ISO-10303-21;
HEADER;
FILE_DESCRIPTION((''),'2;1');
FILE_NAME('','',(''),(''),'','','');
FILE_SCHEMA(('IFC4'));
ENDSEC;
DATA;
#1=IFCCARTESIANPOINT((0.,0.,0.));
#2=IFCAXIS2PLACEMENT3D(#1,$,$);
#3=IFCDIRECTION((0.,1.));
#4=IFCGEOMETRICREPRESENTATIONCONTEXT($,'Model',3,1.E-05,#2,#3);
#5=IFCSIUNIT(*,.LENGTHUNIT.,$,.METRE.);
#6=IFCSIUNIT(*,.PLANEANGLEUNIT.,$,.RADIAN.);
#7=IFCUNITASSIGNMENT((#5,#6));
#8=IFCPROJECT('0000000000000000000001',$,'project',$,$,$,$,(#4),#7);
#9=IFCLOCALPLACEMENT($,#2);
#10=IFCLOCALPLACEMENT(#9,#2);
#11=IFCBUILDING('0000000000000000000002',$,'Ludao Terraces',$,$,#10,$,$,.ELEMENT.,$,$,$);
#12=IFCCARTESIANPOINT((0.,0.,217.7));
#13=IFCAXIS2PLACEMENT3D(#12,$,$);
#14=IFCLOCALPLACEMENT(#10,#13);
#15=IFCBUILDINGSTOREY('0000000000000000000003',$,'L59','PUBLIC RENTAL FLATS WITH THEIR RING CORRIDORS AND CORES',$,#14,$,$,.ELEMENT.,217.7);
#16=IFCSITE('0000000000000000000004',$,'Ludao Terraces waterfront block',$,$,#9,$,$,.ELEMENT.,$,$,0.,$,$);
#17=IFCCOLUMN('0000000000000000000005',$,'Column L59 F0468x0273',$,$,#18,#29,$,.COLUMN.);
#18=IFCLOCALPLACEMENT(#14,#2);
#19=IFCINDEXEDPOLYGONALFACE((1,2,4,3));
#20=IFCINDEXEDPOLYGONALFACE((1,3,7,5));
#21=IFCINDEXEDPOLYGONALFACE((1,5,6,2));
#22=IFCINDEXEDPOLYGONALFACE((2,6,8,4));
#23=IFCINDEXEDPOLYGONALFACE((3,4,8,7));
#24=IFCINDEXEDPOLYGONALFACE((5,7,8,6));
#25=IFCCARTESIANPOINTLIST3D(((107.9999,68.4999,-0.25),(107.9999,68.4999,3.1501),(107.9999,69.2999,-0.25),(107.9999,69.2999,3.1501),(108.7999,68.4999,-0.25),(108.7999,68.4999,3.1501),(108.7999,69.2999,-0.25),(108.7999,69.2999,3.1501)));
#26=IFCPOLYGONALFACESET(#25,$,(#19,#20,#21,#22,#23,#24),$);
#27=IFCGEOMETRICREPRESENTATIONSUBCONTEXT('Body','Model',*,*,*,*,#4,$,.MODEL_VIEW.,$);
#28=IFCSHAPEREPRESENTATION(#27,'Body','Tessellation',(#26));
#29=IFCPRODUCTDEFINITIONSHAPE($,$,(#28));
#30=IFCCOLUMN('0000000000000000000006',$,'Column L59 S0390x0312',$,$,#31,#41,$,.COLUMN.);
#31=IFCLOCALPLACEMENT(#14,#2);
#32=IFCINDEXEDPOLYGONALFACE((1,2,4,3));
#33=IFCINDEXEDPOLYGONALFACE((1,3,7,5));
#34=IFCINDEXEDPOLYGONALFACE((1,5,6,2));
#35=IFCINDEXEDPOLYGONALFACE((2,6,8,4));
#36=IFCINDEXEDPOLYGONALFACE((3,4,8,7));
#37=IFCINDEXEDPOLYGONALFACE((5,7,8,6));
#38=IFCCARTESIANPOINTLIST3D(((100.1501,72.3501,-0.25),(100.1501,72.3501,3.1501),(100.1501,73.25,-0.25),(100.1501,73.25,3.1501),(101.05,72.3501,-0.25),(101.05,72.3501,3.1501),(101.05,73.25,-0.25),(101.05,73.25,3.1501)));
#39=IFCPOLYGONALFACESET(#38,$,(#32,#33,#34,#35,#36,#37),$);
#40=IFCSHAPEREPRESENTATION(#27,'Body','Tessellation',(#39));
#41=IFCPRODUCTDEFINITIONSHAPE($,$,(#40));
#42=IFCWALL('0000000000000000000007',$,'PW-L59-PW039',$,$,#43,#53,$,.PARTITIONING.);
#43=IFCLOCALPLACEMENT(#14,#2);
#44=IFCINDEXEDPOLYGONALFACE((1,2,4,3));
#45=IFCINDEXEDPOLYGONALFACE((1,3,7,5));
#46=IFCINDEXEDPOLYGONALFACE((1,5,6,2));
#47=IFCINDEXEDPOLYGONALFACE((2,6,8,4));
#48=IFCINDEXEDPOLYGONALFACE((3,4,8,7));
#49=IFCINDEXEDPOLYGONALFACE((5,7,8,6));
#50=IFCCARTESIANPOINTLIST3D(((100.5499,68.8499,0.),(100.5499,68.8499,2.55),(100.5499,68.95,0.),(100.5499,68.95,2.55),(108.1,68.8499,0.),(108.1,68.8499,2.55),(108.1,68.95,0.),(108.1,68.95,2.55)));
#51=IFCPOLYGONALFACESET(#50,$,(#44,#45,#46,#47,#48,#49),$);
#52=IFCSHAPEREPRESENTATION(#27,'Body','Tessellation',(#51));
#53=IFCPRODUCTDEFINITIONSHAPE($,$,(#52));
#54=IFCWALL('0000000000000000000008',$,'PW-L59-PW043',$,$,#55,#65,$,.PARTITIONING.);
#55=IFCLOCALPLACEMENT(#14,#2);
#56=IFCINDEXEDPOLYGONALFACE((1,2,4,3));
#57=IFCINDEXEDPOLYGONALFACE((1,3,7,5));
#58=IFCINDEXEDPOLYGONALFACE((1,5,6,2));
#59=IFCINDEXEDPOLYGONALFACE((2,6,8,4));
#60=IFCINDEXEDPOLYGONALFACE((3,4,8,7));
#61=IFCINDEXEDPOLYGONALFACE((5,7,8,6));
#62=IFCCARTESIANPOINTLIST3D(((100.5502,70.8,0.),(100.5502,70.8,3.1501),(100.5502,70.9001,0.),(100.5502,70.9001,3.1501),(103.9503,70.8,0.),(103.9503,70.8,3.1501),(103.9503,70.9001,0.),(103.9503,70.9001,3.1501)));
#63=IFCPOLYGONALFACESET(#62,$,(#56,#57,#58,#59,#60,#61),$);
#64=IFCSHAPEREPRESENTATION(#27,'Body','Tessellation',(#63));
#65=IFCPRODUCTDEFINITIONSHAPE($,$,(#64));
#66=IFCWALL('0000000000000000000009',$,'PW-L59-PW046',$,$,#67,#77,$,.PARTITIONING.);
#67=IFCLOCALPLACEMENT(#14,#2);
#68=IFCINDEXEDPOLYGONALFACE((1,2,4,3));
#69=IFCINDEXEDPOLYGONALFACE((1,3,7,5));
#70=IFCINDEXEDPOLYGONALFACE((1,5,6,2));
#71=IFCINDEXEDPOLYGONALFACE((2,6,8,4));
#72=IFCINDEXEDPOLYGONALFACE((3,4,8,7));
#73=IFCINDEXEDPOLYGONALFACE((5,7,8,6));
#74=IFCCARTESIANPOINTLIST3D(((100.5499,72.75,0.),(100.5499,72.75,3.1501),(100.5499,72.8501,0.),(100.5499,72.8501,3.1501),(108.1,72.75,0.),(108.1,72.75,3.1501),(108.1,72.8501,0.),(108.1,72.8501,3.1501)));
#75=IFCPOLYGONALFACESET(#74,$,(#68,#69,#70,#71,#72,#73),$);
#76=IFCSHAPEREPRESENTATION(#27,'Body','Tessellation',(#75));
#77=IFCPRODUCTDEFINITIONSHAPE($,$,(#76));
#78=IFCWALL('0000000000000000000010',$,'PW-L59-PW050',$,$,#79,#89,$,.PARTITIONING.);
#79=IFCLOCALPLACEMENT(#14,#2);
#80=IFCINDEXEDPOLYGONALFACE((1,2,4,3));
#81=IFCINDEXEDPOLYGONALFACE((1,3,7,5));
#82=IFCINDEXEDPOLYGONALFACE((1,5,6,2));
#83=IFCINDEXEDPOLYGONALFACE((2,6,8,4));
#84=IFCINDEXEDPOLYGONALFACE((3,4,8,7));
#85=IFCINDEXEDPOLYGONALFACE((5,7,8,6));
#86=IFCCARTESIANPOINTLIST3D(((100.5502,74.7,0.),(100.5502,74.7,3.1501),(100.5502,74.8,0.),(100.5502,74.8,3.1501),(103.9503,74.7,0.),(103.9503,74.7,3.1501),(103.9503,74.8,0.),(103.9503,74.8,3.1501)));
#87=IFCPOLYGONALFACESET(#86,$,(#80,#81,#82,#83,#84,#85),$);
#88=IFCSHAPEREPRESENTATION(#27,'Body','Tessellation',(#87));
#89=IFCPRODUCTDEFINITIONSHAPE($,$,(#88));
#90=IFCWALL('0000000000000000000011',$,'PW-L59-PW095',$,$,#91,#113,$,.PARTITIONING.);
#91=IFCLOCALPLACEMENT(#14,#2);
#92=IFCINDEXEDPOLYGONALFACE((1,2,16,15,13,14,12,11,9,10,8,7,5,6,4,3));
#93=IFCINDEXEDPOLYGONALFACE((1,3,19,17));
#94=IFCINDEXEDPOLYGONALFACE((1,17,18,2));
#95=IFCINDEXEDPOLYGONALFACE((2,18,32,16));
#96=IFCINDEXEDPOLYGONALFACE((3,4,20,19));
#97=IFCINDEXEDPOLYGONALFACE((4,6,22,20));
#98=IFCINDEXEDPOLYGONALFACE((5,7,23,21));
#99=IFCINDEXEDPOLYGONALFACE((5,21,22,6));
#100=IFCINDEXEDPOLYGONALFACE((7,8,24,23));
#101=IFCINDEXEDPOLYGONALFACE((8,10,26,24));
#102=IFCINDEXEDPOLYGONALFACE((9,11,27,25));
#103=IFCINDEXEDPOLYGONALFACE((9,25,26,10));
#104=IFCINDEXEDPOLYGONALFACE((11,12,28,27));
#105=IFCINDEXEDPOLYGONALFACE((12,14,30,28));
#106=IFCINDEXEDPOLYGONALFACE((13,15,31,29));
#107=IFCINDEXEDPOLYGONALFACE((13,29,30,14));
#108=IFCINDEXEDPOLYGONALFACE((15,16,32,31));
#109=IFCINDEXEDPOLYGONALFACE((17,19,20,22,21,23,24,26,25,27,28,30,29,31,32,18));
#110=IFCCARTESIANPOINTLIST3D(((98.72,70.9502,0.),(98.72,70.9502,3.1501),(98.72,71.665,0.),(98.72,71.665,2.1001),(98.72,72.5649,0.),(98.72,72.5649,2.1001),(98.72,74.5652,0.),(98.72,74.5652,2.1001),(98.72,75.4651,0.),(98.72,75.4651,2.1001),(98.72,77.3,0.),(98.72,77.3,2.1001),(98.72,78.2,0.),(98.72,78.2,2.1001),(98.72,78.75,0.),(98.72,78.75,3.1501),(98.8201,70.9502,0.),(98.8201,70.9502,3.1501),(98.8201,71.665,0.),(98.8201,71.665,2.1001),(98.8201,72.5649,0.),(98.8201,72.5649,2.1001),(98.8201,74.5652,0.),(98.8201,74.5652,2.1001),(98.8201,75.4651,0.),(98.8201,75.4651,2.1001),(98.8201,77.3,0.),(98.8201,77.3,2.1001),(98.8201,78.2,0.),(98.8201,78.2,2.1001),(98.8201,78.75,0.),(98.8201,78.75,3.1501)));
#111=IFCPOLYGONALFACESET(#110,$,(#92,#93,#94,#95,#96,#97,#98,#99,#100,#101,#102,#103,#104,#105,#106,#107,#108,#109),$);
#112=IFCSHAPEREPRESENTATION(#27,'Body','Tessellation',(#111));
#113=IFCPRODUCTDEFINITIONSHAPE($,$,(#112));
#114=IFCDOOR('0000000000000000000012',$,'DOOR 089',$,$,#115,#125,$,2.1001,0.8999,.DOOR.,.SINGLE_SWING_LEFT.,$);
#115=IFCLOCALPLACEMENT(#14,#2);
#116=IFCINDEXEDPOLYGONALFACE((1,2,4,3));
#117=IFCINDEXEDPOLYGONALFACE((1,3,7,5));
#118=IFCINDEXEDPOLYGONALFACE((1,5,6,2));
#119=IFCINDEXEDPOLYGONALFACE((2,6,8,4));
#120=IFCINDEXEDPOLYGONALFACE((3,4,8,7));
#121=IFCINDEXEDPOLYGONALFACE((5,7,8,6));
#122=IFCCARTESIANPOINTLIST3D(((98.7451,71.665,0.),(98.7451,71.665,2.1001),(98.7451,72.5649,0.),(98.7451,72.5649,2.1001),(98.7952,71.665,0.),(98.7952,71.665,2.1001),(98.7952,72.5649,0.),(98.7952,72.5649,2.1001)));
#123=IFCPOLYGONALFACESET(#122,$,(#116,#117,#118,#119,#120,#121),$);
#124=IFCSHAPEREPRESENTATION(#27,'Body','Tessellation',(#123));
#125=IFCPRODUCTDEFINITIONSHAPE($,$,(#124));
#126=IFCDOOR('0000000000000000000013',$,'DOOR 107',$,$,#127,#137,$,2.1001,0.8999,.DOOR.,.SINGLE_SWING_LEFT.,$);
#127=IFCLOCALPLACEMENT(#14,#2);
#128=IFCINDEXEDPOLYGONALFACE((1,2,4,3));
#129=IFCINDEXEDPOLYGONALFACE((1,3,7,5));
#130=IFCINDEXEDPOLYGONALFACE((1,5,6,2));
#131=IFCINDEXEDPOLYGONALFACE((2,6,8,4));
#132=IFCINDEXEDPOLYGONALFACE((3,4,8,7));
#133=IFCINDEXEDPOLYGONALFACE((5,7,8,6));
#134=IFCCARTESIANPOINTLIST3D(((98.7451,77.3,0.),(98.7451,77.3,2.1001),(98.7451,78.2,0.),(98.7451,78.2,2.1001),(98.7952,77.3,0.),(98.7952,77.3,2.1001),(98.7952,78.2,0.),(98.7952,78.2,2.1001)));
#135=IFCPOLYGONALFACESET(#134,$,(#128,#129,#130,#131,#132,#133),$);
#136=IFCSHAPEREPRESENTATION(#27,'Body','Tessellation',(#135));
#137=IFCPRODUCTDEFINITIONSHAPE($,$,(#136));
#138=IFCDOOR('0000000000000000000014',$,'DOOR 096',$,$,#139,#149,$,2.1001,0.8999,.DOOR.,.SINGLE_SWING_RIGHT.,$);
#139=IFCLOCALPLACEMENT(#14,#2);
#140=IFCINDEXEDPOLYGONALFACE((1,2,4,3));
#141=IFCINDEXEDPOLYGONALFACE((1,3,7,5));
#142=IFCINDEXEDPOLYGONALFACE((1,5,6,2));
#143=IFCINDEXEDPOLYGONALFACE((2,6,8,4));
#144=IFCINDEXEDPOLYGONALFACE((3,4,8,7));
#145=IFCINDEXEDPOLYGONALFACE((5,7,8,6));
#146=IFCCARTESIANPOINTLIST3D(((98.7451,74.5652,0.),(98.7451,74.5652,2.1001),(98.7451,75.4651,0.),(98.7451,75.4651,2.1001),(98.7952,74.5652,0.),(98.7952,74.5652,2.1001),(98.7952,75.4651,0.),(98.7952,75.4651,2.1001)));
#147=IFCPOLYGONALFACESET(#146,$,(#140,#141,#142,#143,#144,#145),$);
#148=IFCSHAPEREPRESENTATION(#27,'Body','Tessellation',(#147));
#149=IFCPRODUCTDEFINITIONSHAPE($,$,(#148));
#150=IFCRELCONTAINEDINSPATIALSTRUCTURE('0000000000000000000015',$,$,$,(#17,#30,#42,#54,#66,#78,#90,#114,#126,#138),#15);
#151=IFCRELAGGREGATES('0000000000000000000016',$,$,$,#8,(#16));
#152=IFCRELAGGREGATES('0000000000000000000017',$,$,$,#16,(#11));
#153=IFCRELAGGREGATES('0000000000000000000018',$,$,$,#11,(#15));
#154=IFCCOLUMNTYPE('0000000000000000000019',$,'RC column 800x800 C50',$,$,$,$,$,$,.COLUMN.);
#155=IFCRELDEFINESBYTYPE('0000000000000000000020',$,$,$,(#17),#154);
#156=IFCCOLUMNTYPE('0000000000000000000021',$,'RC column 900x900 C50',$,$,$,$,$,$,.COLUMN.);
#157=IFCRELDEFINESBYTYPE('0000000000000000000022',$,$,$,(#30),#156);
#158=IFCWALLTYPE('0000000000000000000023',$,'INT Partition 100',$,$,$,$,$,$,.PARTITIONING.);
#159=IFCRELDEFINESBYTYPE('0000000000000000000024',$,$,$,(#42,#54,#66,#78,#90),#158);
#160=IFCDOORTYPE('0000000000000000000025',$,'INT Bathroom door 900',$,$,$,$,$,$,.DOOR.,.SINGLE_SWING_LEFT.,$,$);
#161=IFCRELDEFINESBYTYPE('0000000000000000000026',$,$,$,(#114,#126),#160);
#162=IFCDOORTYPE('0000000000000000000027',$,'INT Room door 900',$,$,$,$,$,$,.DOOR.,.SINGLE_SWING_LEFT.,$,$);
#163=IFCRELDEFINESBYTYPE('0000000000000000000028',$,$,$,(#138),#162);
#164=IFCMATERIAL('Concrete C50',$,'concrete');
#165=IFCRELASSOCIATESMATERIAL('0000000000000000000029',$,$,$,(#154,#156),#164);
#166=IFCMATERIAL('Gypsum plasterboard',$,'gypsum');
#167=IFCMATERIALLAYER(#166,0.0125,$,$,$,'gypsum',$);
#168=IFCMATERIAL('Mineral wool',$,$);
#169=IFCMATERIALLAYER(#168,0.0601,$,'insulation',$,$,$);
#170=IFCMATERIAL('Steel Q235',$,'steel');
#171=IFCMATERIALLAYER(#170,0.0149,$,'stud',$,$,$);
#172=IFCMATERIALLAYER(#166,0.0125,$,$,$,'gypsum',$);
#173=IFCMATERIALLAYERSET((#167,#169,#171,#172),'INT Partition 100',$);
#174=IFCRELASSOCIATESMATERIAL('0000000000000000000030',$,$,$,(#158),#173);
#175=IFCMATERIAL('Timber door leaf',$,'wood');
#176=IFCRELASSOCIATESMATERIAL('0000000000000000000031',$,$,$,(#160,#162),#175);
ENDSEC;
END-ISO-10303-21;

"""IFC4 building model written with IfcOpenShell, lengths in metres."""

from ifc_helpers import new_model, si_unit, direction, frame, frame_2d, origin, origin_2d, place, context, subcontext, project, spatial, rectangle, extrude, material, layer, layer_set, material_profile, profile_set, type_object, element, fill, save


model = new_model("IFC4")

# Units and contexts
model_context = context("Model", 3, precision=1e-05, world=origin(), true_north=direction((0.0, 1.0)))
body_context = subcontext(model_context, "Body", "Model", "MODEL_VIEW")
ifc_project = project(units=[si_unit("LENGTHUNIT", "METRE"), si_unit("PLANEANGLEUNIT", "RADIAN")], contexts=[model_context])

# Site, building, storey
site_placement = place(None, origin())
site = spatial("IfcSite", under=ifc_project, at=site_placement, Name="Ludao Terraces waterfront block", CompositionType="ELEMENT", RefElevation=0.0)
building_placement = place(site_placement, origin())
building = spatial("IfcBuilding", under=site, at=building_placement, Name="Ludao Terraces", CompositionType="ELEMENT")
storey_placement = place(building_placement, frame((0.0, 0.0, 217.7)))
storey = spatial("IfcBuildingStorey", under=building, at=storey_placement, Name="L59", Description="PUBLIC RENTAL FLATS WITH THEIR RING CORRIDORS AND CORES", CompositionType="ELEMENT", Elevation=217.7)

# Columns
ifc_material_1 = material(Name="Concrete C50", Category="concrete")
ifc_material_profile_1 = material_profile(ifc_material_1, rectangle(XDim=0.8, YDim=0.8, at=origin_2d()), Name="800 X 800")
ifc_profile_set_1 = profile_set([ifc_material_profile_1], Name="Concrete C50")
column_type_1 = type_object("IfcColumnType", Name="RC column 800x800 C50", PredefinedType="COLUMN", material=ifc_profile_set_1)
column_1_placement = place(storey_placement, frame((108.3999, 68.8999, -0.25), z_axis=(0.0, 0.0, 1.0), x_axis=(1.0, 0.0, 0.0)))
element("IfcColumn", 1, at=column_1_placement, inside=storey, type_object=column_type_1, Name="Column L59 F0468x0273", PredefinedType="COLUMN", context=body_context, shape_type="SweptSolid", body=[
    extrude(rectangle(XDim=0.8, YDim=0.8, at=origin_2d()), origin(), (0.0, 0.0, 1.0), 3.4001),
])
ifc_material_profile_2 = material_profile(ifc_material_1, rectangle(XDim=0.8999, YDim=0.8999, at=origin_2d()), Name="900 X 900")
ifc_profile_set_2 = profile_set([ifc_material_profile_2], Name="Concrete C50")
column_type_2 = type_object("IfcColumnType", Name="RC column 900x900 C50", PredefinedType="COLUMN", material=ifc_profile_set_2)
column_2_placement = place(storey_placement, frame((100.6001, 72.8, -0.25), z_axis=(0.0, 0.0, 1.0), x_axis=(1.0, 0.0, 0.0)))
element("IfcColumn", 2, at=column_2_placement, inside=storey, type_object=column_type_2, Name="Column L59 S0390x0312", PredefinedType="COLUMN", context=body_context, shape_type="SweptSolid", body=[
    extrude(rectangle(XDim=0.8999, YDim=0.8999, at=origin_2d()), origin(), (0.0, 0.0, 1.0), 3.4001),
])

# Shared definitions
ifc_material_2 = material(Name="Mineral wool")

# Walls
ifc_material_3 = material(Name="Gypsum plasterboard", Category="gypsum")
ifc_layer_1 = layer(ifc_material_3, 0.0125, Category="gypsum")
ifc_layer_2 = layer(ifc_material_2, 0.0601, Name="insulation")
ifc_material_4 = material(Name="Steel Q235", Category="steel")
ifc_layer_3 = layer(ifc_material_4, 0.0149, Name="stud")
ifc_layer_4 = layer(ifc_material_3, 0.0125, Category="gypsum")
ifc_layer_set_1 = layer_set([ifc_layer_1, ifc_layer_2, ifc_layer_3, ifc_layer_4], Name="INT Partition 100")
wall_type_1 = type_object("IfcWallType", Name="INT Partition 100", PredefinedType="PARTITIONING", material=ifc_layer_set_1)
wall_1_placement = place(storey_placement, frame((100.55, 68.8999, 0.0), z_axis=(0.0, 0.0, 1.0), x_axis=(1.0, 0.0, 0.0)))
element("IfcWall", 3, at=wall_1_placement, inside=storey, type_object=wall_type_1, Name="PW-L59-PW039", PredefinedType="PARTITIONING", context=body_context, shape_type="SweptSolid", body=[
    extrude(rectangle(XDim=7.55, YDim=0.1001, at=frame_2d((3.7749, 0.0))), origin(), (0.0, 0.0, 1.0), 2.55),
])
wall_2_placement = place(storey_placement, frame((100.55, 70.8501, 0.0), z_axis=(0.0, 0.0, 1.0), x_axis=(1.0, 0.0, 0.0)))
element("IfcWall", 4, at=wall_2_placement, inside=storey, type_object=wall_type_1, Name="PW-L59-PW043", PredefinedType="PARTITIONING", context=body_context, shape_type="SweptSolid", body=[
    extrude(rectangle(XDim=3.4001, YDim=0.1001, at=frame_2d((1.7002, 0.0))), origin(), (0.0, 0.0, 1.0), 3.1501),
])
wall_3_placement = place(storey_placement, frame((100.55, 72.8, 0.0), z_axis=(0.0, 0.0, 1.0), x_axis=(1.0, 0.0, 0.0)))
element("IfcWall", 5, at=wall_3_placement, inside=storey, type_object=wall_type_1, Name="PW-L59-PW046", PredefinedType="PARTITIONING", context=body_context, shape_type="SweptSolid", body=[
    extrude(rectangle(XDim=7.55, YDim=0.1001, at=frame_2d((3.7749, 0.0))), origin(), (0.0, 0.0, 1.0), 3.1501),
])
wall_4_placement = place(storey_placement, frame((100.55, 74.75, 0.0), z_axis=(0.0, 0.0, 1.0), x_axis=(1.0, 0.0, 0.0)))
element("IfcWall", 6, at=wall_4_placement, inside=storey, type_object=wall_type_1, Name="PW-L59-PW050", PredefinedType="PARTITIONING", context=body_context, shape_type="SweptSolid", body=[
    extrude(rectangle(XDim=3.4001, YDim=0.1001, at=frame_2d((1.7002, 0.0))), origin(), (0.0, 0.0, 1.0), 3.1501),
])

# Wall, openings, doors
wall_5_placement = place(storey_placement, frame((98.77, 70.9502, 0.0), z_axis=(0.0, 0.0, 1.0), x_axis=(0.0, 1.0, 0.0)))
wall_5 = element("IfcWall", 7, at=wall_5_placement, inside=storey, type_object=wall_type_1, Name="PW-L59-PW095", PredefinedType="PARTITIONING", context=body_context, shape_type="SweptSolid", body=[
    extrude(rectangle(XDim=7.7998, YDim=0.1001, at=frame_2d((3.8999, 0.0))), origin(), (0.0, 0.0, 1.0), 3.1501),
])
opening_1_placement = place(wall_5_placement, frame((0.7148, 0.0, 0.0)))
opening_1 = element("IfcOpeningElement", 8, at=opening_1_placement, cuts=wall_5, PredefinedType="OPENING", context=body_context, shape_type="SweptSolid", body=[
    extrude(rectangle(XDim=0.8999, YDim=2.1001, at=frame_2d((0.45, 1.05))), frame((0.0, 0.0601, 0.0), z_axis=(0.0, -1.0, 0.0), x_axis=(1.0, 0.0, 0.0)), (0.0, 0.0, 1.0), 0.1201),
])
opening_2_placement = place(wall_5_placement, frame((3.615, 0.0, 0.0)))
opening_2 = element("IfcOpeningElement", 9, at=opening_2_placement, cuts=wall_5, PredefinedType="OPENING", context=body_context, shape_type="SweptSolid", body=[
    extrude(rectangle(XDim=0.8999, YDim=2.1001, at=frame_2d((0.45, 1.05))), frame((0.0, 0.0601, 0.0), z_axis=(0.0, -1.0, 0.0), x_axis=(1.0, 0.0, 0.0)), (0.0, 0.0, 1.0), 0.1201),
])
opening_3_placement = place(wall_5_placement, frame((6.3499, 0.0, 0.0)))
opening_3 = element("IfcOpeningElement", 10, at=opening_3_placement, cuts=wall_5, PredefinedType="OPENING", context=body_context, shape_type="SweptSolid", body=[
    extrude(rectangle(XDim=0.8999, YDim=2.1001, at=frame_2d((0.45, 1.05))), frame((0.0, 0.0601, 0.0), z_axis=(0.0, -1.0, 0.0), x_axis=(1.0, 0.0, 0.0)), (0.0, 0.0, 1.0), 0.1201),
])
ifc_material_5 = material(Name="Timber door leaf", Category="wood")
door_type_1 = type_object("IfcDoorType", Name="INT Bathroom door 900", OperationType="SINGLE_SWING_LEFT", PredefinedType="DOOR", material=ifc_material_5)
door_1_placement = place(opening_1_placement, origin())
door_1 = element("IfcDoor", 11, at=door_1_placement, inside=storey, type_object=door_type_1, Name="DOOR 089", OperationType="SINGLE_SWING_LEFT", OverallHeight=2.1001, OverallWidth=0.8999, PredefinedType="DOOR", context=body_context, shape_type="SweptSolid", body=[
    extrude(rectangle(XDim=0.8999, YDim=2.1001, at=frame_2d((0.45, 1.05))), frame((0.0, 0.0249, 0.0), z_axis=(0.0, -1.0, 0.0), x_axis=(1.0, 0.0, 0.0)), (0.0, 0.0, 1.0), 0.05),
])
fill(opening_1, door_1)
door_2_placement = place(opening_3_placement, origin())
door_2 = element("IfcDoor", 12, at=door_2_placement, inside=storey, type_object=door_type_1, Name="DOOR 107", OperationType="SINGLE_SWING_LEFT", OverallHeight=2.1001, OverallWidth=0.8999, PredefinedType="DOOR", context=body_context, shape_type="SweptSolid", body=[
    extrude(rectangle(XDim=0.8999, YDim=2.1001, at=frame_2d((0.45, 1.05))), frame((0.0, 0.0249, 0.0), z_axis=(0.0, -1.0, 0.0), x_axis=(1.0, 0.0, 0.0)), (0.0, 0.0, 1.0), 0.05),
])
fill(opening_3, door_2)
door_type_2 = type_object("IfcDoorType", Name="INT Room door 900", OperationType="SINGLE_SWING_LEFT", PredefinedType="DOOR", material=ifc_material_5)
door_3_placement = place(opening_2_placement, origin())
door_3 = element("IfcDoor", 13, at=door_3_placement, inside=storey, type_object=door_type_2, Name="DOOR 096", OperationType="SINGLE_SWING_RIGHT", OverallHeight=2.1001, OverallWidth=0.8999, PredefinedType="DOOR", context=body_context, shape_type="SweptSolid", body=[
    extrude(rectangle(XDim=0.8999, YDim=2.1001, at=frame_2d((0.45, 1.05))), frame((0.0, 0.0249, 0.0), z_axis=(0.0, -1.0, 0.0), x_axis=(1.0, 0.0, 0.0)), (0.0, 0.0, 1.0), 0.05),
])
fill(opening_2, door_3)

save(model, "model.ifc")
